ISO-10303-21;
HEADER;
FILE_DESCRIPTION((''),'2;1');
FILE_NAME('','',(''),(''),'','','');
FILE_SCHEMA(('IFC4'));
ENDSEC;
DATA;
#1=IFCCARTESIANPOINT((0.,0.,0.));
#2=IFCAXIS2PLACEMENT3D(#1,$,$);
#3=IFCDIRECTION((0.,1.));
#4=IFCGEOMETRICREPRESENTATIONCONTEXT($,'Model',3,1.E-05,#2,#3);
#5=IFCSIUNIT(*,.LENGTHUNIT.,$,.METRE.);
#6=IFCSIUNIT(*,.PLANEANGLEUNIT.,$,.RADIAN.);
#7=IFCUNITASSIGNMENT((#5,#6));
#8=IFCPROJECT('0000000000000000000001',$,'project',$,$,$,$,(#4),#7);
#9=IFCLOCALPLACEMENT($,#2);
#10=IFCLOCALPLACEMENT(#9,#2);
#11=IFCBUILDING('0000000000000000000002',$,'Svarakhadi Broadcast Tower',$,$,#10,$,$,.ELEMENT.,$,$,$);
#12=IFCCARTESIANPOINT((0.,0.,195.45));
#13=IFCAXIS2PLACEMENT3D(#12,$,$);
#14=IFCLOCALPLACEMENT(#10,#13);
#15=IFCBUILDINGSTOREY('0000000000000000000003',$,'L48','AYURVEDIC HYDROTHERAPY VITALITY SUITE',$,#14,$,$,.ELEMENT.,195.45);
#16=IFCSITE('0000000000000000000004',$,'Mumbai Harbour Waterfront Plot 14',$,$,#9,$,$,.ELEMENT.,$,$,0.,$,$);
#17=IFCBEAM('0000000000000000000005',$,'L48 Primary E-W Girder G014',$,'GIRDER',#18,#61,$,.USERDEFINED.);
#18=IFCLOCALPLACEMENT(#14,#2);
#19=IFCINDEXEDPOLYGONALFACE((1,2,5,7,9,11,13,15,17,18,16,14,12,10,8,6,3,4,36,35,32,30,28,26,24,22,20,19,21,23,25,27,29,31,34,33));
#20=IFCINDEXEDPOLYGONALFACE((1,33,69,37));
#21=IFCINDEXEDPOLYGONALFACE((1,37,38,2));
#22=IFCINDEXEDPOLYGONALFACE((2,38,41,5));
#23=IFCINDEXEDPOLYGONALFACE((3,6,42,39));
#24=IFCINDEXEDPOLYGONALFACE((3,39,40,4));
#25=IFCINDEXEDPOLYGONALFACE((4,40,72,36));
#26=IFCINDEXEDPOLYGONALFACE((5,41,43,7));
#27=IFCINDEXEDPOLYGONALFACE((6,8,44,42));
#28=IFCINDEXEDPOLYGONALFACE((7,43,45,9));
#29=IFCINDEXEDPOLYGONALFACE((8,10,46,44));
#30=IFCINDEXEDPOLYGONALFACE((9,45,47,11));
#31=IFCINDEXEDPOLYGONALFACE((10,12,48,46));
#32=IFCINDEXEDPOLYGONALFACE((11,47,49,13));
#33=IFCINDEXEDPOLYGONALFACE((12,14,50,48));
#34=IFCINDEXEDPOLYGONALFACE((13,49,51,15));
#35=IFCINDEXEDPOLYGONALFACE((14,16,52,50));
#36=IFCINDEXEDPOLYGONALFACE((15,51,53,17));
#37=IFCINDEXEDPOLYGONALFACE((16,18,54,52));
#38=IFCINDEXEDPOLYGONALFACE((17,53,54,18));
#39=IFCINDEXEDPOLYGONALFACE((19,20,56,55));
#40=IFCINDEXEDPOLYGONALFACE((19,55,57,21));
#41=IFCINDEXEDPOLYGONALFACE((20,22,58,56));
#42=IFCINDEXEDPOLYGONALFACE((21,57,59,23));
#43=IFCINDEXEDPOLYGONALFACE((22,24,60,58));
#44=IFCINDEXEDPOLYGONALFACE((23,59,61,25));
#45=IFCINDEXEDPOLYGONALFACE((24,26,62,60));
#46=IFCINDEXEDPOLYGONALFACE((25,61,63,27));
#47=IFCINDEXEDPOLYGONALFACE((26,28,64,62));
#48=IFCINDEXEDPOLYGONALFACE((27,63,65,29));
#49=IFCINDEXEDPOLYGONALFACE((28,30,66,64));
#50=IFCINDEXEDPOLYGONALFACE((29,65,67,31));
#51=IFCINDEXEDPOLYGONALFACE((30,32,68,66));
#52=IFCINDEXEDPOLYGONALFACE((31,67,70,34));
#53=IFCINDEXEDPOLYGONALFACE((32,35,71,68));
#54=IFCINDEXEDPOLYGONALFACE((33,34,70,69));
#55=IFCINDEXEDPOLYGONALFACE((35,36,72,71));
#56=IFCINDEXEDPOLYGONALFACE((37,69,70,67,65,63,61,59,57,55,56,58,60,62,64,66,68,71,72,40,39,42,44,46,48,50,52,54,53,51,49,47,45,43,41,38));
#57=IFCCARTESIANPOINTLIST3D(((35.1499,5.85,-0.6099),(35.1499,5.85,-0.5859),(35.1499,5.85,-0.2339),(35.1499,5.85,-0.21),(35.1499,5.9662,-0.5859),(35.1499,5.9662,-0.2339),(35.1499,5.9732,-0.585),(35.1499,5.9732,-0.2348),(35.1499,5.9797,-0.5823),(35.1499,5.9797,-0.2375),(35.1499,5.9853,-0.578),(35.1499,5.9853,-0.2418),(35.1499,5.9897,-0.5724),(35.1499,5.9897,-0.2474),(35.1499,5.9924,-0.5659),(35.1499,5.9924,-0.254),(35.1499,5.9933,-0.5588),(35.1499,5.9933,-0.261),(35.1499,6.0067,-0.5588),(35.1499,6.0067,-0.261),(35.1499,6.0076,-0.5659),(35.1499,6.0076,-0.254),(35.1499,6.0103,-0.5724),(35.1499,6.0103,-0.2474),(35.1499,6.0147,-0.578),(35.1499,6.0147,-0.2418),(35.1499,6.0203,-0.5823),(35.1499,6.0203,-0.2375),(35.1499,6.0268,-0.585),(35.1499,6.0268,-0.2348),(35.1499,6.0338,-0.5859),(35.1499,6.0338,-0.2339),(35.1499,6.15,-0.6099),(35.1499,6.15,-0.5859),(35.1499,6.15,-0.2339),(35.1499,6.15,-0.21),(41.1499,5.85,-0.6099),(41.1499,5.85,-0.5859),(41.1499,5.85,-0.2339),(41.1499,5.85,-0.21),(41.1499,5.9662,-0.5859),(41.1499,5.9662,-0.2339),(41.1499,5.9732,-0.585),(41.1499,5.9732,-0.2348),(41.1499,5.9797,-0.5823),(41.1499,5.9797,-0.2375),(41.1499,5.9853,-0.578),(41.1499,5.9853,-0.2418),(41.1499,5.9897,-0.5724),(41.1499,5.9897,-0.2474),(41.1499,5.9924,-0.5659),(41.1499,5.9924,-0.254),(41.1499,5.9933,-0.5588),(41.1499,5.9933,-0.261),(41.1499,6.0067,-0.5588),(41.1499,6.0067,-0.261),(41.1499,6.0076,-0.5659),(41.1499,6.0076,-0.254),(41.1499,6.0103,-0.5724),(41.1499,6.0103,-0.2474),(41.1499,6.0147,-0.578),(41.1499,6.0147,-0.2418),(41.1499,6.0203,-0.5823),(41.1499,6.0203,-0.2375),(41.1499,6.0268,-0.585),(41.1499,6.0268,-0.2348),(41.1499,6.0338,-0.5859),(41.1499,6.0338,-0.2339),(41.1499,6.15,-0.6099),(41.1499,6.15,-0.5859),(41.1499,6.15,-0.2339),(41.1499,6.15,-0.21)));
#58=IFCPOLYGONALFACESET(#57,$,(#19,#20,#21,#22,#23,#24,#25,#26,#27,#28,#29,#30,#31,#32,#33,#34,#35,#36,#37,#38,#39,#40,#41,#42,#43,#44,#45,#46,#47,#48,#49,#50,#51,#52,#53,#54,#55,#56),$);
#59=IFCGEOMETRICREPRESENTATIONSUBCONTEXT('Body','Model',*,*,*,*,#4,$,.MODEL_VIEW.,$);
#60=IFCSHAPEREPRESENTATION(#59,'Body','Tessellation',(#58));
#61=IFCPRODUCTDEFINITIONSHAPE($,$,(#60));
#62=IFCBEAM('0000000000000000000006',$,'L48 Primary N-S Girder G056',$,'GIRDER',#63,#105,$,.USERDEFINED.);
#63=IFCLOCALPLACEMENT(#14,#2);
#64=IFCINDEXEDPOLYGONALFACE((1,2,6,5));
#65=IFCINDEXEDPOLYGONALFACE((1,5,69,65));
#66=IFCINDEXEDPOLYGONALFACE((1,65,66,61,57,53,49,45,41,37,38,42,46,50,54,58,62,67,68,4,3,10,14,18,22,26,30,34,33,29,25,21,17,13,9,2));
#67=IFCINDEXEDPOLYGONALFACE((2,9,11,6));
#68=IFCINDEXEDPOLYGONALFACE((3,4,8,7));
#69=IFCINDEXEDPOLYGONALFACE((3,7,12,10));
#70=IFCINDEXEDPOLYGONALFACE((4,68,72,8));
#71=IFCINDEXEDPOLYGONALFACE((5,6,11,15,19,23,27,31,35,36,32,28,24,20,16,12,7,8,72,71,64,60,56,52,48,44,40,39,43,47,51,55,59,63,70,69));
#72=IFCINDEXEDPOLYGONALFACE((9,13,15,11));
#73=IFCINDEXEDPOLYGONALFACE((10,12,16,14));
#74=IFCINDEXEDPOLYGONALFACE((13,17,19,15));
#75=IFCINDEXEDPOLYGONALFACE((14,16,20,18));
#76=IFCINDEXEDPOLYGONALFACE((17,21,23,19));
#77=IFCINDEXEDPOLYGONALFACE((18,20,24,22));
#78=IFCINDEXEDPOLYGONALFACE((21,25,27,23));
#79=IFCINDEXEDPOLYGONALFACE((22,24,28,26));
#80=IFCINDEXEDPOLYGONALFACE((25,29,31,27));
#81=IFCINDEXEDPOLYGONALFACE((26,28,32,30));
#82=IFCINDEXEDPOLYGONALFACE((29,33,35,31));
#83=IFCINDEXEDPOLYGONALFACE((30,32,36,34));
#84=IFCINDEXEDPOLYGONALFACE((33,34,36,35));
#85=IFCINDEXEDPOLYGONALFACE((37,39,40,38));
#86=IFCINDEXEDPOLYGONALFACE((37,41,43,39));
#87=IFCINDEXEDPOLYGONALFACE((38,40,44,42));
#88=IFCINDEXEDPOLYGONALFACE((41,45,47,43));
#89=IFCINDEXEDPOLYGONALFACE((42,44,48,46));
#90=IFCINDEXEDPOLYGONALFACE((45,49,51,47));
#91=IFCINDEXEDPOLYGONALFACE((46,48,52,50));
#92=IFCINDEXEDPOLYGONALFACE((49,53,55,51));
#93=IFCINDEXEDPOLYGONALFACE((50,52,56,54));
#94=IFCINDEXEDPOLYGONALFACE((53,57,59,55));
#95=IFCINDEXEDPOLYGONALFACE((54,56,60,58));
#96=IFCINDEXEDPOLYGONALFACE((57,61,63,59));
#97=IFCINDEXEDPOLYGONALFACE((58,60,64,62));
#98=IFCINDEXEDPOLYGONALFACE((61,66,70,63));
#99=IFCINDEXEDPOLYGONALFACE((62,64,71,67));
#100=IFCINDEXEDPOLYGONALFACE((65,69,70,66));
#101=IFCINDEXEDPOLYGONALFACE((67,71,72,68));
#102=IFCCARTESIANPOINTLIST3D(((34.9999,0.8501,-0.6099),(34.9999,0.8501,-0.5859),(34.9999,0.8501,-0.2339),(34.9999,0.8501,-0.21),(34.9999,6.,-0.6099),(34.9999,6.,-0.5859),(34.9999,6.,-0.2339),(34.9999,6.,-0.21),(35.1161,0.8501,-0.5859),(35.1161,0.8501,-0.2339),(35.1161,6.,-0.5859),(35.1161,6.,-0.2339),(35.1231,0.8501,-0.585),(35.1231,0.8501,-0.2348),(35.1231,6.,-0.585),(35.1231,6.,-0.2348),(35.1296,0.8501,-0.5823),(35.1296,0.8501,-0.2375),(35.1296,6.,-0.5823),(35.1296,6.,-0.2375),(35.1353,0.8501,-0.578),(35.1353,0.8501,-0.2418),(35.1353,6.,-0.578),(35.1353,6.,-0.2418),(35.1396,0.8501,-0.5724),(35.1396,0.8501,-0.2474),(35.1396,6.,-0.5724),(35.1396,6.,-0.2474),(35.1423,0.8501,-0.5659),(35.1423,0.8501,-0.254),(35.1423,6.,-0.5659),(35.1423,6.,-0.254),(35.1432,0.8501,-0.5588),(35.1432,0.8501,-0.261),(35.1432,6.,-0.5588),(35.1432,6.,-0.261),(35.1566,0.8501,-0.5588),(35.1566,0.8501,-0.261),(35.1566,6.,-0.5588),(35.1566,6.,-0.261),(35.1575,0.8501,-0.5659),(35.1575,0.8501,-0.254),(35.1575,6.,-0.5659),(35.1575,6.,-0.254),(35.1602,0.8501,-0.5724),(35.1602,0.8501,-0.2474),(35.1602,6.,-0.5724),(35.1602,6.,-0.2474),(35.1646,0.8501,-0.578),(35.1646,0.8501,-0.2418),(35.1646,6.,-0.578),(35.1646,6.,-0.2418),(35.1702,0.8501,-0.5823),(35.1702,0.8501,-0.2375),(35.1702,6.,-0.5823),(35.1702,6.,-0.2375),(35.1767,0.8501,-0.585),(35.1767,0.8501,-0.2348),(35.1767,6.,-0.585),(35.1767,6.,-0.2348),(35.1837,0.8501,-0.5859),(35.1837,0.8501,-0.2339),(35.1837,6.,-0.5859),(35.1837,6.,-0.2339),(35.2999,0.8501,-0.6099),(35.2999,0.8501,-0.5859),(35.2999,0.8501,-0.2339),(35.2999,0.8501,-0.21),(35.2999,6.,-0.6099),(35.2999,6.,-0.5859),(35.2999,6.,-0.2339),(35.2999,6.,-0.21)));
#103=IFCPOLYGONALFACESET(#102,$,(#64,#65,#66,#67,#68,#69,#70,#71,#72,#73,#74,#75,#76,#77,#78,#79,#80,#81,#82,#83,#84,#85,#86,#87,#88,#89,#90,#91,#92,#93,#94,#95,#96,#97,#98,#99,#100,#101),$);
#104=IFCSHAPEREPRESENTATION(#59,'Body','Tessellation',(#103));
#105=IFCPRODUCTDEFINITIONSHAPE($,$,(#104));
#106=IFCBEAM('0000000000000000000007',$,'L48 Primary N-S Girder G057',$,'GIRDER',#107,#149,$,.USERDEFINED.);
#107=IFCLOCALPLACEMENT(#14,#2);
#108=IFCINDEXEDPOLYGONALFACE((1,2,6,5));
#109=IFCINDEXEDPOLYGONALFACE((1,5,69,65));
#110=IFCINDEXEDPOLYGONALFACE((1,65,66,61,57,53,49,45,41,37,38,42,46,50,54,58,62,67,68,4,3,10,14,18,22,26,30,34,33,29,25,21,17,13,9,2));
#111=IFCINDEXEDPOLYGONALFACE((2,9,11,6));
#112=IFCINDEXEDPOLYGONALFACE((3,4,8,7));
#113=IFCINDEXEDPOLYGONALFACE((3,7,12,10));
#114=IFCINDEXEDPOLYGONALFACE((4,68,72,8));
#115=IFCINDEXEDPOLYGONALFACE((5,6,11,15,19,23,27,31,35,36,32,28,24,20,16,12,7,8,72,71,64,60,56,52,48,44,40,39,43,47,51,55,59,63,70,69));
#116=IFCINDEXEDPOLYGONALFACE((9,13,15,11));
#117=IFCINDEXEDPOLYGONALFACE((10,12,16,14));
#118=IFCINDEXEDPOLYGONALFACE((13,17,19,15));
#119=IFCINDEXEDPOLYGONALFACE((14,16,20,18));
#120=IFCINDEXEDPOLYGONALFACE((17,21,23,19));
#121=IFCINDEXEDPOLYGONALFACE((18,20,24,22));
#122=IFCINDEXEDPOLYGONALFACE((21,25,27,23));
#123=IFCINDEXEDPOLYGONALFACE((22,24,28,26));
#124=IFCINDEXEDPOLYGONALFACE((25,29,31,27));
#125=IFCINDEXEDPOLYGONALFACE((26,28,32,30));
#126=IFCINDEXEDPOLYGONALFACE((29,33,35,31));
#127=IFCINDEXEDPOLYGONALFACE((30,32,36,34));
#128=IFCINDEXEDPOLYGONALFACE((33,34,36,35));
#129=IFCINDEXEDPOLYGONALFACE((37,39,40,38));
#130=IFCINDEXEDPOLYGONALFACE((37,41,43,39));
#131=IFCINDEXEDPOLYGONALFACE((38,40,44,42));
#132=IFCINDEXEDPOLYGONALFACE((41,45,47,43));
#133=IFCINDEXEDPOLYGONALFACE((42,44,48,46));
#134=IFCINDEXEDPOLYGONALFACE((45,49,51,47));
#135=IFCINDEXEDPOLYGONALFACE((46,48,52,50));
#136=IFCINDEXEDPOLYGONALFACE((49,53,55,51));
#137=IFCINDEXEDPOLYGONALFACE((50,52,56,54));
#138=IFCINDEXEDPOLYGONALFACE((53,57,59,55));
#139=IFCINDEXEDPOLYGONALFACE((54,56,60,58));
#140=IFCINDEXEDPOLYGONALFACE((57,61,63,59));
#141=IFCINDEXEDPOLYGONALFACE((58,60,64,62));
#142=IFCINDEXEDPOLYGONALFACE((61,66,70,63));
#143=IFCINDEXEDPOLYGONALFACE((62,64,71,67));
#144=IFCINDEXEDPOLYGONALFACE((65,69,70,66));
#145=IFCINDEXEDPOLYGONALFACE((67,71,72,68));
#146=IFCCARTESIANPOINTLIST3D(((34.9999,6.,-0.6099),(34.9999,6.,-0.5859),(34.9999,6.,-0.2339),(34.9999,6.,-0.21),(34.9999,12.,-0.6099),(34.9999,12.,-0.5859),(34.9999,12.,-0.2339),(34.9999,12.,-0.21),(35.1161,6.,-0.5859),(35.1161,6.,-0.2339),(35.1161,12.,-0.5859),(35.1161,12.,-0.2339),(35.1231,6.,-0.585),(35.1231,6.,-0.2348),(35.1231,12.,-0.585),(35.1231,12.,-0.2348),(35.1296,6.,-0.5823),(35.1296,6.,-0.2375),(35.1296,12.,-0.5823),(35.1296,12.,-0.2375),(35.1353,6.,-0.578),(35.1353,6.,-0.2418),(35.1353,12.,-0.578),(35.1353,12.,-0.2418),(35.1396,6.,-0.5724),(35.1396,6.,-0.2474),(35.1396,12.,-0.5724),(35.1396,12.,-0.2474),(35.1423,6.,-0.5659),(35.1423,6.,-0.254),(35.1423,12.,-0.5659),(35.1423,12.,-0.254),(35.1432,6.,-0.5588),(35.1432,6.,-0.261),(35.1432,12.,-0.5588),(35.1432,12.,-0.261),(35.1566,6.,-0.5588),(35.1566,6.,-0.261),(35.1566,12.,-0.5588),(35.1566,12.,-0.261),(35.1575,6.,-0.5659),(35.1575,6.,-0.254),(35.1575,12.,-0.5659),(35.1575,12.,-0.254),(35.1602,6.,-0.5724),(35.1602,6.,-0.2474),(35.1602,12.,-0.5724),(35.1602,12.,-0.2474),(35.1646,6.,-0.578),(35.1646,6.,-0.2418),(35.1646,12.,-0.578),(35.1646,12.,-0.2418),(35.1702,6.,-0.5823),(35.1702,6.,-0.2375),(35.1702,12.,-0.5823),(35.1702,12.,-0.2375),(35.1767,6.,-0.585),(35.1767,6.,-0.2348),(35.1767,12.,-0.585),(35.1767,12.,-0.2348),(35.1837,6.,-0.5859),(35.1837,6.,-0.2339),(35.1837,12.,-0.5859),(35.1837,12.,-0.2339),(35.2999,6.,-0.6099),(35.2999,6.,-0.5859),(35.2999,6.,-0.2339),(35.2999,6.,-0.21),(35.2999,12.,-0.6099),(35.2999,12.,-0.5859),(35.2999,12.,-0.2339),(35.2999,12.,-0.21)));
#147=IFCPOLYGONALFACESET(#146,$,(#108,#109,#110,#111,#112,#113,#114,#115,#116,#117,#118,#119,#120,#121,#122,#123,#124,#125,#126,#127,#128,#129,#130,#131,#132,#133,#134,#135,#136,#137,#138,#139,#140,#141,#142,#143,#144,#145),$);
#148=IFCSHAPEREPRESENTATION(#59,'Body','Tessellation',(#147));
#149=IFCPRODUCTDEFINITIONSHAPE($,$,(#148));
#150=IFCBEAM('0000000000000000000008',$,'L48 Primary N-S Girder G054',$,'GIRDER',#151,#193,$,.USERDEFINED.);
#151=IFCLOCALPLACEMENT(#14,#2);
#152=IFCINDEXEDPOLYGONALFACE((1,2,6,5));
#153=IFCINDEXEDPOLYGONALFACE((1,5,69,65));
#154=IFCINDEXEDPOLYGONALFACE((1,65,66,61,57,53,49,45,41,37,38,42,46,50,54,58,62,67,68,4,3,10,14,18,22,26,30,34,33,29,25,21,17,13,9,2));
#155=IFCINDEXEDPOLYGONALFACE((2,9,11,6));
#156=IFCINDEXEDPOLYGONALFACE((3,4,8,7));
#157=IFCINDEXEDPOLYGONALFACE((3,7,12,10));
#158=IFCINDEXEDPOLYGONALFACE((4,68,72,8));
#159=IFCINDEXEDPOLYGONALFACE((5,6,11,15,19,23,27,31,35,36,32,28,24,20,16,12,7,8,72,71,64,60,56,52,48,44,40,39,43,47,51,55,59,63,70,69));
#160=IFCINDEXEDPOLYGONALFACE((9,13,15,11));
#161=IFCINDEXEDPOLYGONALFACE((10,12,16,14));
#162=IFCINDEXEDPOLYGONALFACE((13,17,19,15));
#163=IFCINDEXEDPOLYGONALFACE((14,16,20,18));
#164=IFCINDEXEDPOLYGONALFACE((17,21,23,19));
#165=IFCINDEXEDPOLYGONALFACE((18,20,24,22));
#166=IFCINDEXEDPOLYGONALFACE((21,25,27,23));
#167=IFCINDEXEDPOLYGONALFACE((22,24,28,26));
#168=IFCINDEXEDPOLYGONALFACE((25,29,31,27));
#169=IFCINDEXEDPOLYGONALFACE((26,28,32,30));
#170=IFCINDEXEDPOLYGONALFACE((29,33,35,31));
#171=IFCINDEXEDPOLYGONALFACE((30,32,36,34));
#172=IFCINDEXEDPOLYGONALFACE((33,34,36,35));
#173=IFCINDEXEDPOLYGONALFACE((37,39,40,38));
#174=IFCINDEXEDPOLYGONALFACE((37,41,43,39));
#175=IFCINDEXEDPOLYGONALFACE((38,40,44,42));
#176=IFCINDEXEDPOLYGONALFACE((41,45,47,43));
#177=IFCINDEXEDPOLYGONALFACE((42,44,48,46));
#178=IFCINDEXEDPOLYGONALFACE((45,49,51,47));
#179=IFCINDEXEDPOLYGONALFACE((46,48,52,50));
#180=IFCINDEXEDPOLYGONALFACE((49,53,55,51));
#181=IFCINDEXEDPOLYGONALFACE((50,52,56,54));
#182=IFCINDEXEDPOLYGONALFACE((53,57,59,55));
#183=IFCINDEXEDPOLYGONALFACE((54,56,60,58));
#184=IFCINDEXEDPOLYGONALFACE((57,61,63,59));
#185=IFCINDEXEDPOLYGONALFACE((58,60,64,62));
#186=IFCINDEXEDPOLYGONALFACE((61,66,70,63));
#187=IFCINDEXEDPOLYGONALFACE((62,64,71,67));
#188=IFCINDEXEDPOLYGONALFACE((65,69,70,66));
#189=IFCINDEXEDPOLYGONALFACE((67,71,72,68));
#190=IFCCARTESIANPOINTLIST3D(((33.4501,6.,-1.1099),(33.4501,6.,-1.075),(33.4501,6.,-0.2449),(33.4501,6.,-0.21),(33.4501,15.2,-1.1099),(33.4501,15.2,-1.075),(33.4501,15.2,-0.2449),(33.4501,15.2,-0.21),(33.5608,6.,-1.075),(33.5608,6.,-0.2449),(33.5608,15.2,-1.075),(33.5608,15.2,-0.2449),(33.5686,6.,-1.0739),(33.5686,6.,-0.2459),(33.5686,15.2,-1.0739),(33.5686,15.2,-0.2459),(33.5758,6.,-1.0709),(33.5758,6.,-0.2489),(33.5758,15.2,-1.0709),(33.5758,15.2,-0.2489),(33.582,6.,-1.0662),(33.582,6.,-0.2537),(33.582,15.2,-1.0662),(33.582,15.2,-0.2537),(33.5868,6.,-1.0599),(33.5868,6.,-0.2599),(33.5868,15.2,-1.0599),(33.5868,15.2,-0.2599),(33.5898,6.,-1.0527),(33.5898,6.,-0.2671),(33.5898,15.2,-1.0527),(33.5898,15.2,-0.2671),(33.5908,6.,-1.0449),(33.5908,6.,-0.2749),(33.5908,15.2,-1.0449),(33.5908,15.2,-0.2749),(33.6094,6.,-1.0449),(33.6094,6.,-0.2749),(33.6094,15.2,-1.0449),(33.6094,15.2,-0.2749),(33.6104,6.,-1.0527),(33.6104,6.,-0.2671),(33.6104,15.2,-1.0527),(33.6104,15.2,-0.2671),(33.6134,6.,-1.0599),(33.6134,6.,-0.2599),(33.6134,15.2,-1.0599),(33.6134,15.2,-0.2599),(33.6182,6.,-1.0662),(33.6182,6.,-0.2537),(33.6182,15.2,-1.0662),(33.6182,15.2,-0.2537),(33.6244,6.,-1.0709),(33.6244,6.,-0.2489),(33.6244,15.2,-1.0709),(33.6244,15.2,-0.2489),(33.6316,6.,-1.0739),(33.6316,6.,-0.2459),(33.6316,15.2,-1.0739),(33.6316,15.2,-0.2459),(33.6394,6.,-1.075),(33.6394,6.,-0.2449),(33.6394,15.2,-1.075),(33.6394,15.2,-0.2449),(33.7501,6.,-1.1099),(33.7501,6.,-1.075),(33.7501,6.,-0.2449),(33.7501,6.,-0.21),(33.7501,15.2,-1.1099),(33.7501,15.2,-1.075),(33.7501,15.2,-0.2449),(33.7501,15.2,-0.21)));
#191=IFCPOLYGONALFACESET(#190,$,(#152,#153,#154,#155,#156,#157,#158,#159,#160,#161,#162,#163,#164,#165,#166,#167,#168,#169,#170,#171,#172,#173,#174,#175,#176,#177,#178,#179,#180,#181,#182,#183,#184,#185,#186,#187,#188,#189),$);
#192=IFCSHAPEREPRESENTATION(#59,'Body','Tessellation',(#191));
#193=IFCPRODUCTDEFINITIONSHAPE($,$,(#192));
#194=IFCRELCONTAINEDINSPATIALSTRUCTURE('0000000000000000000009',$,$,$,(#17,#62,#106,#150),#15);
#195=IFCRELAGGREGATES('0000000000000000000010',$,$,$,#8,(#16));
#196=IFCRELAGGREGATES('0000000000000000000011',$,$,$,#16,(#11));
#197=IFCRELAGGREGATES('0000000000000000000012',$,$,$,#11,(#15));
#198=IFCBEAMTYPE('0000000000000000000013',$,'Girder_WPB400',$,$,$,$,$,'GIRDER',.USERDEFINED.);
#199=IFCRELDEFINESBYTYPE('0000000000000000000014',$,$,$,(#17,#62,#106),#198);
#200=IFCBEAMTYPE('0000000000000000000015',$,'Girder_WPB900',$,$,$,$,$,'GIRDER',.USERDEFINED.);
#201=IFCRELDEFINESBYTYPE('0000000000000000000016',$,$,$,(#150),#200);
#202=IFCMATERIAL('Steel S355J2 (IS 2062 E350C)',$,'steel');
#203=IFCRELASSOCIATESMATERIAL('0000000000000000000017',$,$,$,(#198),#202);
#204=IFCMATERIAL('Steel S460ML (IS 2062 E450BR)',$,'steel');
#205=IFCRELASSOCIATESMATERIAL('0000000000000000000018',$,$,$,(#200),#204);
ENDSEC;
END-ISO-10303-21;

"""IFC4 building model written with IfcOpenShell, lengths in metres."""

from ifc_helpers import new_model, si_unit, direction, frame, origin, origin_2d, place, context, subcontext, project, spatial, i_section, extrude, material, material_profile, profile_set, type_object, element, save


model = new_model("IFC4")

# Units and contexts
model_context = context("Model", 3, precision=1e-05, world=origin(), true_north=direction((0.0, 1.0)))
body_context = subcontext(model_context, "Body", "Model", "MODEL_VIEW")
ifc_project = project(units=[si_unit("LENGTHUNIT", "METRE"), si_unit("PLANEANGLEUNIT", "RADIAN")], contexts=[model_context])

# Site, building, storey
site_placement = place(None, origin())
site = spatial("IfcSite", under=ifc_project, at=site_placement, Name="Mumbai Harbour Waterfront Plot 14", CompositionType="ELEMENT", RefElevation=0.0)
building_placement = place(site_placement, origin())
building = spatial("IfcBuilding", under=site, at=building_placement, Name="Svarakhadi Broadcast Tower", CompositionType="ELEMENT")
storey_placement = place(building_placement, frame((0.0, 0.0, 195.45)))
storey = spatial("IfcBuildingStorey", under=building, at=storey_placement, Name="L48", Description="AYURVEDIC HYDROTHERAPY VITALITY SUITE", CompositionType="ELEMENT", Elevation=195.45)

# Shared definitions
ifc_material_1 = material(Name="Steel S460ML (IS 2062 E450BR)", Category="steel")

# Shared definitions
ifc_material_2 = material(Name="Steel S355J2 (IS 2062 E350C)", Category="steel")

# Beams
ifc_material_profile_1 = material_profile(ifc_material_2, i_section(OverallWidth=0.3, OverallDepth=0.3999, WebThickness=0.0134, FlangeThickness=0.0239, FilletRadius=0.0271, at=origin_2d()), Name="WPB 400x300x155")
ifc_profile_set_1 = profile_set([ifc_material_profile_1], Name="Steel S355J2 (IS 2062 E350C)")
beam_type_1 = type_object("IfcBeamType", Name="Girder_WPB400", ElementType="GIRDER", PredefinedType="USERDEFINED", material=ifc_profile_set_1)
beam_1_placement = place(storey_placement, frame((35.1499, 6.0, -0.4099), z_axis=(1.0, 0.0, 0.0), x_axis=(0.0, 1.0, 0.0)))
element("IfcBeam", 1, at=beam_1_placement, inside=storey, type_object=beam_type_1, Name="L48 Primary E-W Girder G014", ObjectType="GIRDER", PredefinedType="USERDEFINED", context=body_context, shape_type="SweptSolid", body=[
    extrude(i_section(OverallWidth=0.3, OverallDepth=0.3999, WebThickness=0.0134, FlangeThickness=0.0239, FilletRadius=0.0271, at=origin_2d()), origin(), (0.0, 0.0, 1.0), 6.0),
])
beam_2_placement = place(storey_placement, frame((35.1499, 0.8501, -0.4099), z_axis=(0.0, 1.0, 0.0), x_axis=(-1.0, 0.0, 0.0)))
element("IfcBeam", 2, at=beam_2_placement, inside=storey, type_object=beam_type_1, Name="L48 Primary N-S Girder G056", ObjectType="GIRDER", PredefinedType="USERDEFINED", context=body_context, shape_type="SweptSolid", body=[
    extrude(i_section(OverallWidth=0.3, OverallDepth=0.3999, WebThickness=0.0134, FlangeThickness=0.0239, FilletRadius=0.0271, at=origin_2d()), origin(), (0.0, 0.0, 1.0), 5.1499),
])
beam_3_placement = place(storey_placement, frame((35.1499, 6.0, -0.4099), z_axis=(0.0, 1.0, 0.0), x_axis=(-1.0, 0.0, 0.0)))
element("IfcBeam", 3, at=beam_3_placement, inside=storey, type_object=beam_type_1, Name="L48 Primary N-S Girder G057", ObjectType="GIRDER", PredefinedType="USERDEFINED", context=body_context, shape_type="SweptSolid", body=[
    extrude(i_section(OverallWidth=0.3, OverallDepth=0.3999, WebThickness=0.0134, FlangeThickness=0.0239, FilletRadius=0.0271, at=origin_2d()), origin(), (0.0, 0.0, 1.0), 6.0),
])
ifc_material_profile_2 = material_profile(ifc_material_1, i_section(OverallWidth=0.3, OverallDepth=0.8999, WebThickness=0.0186, FlangeThickness=0.0349, FilletRadius=0.03, at=origin_2d()), Name="WPB 900x300x291")
ifc_profile_set_2 = profile_set([ifc_material_profile_2], Name="Steel S460ML (IS 2062 E450BR)")
beam_type_2 = type_object("IfcBeamType", Name="Girder_WPB900", ElementType="GIRDER", PredefinedType="USERDEFINED", material=ifc_profile_set_2)
beam_4_placement = place(storey_placement, frame((33.6001, 6.0, -0.6599), z_axis=(0.0, 1.0, 0.0), x_axis=(-1.0, 0.0, 0.0)))
element("IfcBeam", 4, at=beam_4_placement, inside=storey, type_object=beam_type_2, Name="L48 Primary N-S Girder G054", ObjectType="GIRDER", PredefinedType="USERDEFINED", context=body_context, shape_type="SweptSolid", body=[
    extrude(i_section(OverallWidth=0.3, OverallDepth=0.8999, WebThickness=0.0186, FlangeThickness=0.0349, FilletRadius=0.03, at=origin_2d()), origin(), (0.0, 0.0, 1.0), 9.2),
])

save(model, "model.ifc")
